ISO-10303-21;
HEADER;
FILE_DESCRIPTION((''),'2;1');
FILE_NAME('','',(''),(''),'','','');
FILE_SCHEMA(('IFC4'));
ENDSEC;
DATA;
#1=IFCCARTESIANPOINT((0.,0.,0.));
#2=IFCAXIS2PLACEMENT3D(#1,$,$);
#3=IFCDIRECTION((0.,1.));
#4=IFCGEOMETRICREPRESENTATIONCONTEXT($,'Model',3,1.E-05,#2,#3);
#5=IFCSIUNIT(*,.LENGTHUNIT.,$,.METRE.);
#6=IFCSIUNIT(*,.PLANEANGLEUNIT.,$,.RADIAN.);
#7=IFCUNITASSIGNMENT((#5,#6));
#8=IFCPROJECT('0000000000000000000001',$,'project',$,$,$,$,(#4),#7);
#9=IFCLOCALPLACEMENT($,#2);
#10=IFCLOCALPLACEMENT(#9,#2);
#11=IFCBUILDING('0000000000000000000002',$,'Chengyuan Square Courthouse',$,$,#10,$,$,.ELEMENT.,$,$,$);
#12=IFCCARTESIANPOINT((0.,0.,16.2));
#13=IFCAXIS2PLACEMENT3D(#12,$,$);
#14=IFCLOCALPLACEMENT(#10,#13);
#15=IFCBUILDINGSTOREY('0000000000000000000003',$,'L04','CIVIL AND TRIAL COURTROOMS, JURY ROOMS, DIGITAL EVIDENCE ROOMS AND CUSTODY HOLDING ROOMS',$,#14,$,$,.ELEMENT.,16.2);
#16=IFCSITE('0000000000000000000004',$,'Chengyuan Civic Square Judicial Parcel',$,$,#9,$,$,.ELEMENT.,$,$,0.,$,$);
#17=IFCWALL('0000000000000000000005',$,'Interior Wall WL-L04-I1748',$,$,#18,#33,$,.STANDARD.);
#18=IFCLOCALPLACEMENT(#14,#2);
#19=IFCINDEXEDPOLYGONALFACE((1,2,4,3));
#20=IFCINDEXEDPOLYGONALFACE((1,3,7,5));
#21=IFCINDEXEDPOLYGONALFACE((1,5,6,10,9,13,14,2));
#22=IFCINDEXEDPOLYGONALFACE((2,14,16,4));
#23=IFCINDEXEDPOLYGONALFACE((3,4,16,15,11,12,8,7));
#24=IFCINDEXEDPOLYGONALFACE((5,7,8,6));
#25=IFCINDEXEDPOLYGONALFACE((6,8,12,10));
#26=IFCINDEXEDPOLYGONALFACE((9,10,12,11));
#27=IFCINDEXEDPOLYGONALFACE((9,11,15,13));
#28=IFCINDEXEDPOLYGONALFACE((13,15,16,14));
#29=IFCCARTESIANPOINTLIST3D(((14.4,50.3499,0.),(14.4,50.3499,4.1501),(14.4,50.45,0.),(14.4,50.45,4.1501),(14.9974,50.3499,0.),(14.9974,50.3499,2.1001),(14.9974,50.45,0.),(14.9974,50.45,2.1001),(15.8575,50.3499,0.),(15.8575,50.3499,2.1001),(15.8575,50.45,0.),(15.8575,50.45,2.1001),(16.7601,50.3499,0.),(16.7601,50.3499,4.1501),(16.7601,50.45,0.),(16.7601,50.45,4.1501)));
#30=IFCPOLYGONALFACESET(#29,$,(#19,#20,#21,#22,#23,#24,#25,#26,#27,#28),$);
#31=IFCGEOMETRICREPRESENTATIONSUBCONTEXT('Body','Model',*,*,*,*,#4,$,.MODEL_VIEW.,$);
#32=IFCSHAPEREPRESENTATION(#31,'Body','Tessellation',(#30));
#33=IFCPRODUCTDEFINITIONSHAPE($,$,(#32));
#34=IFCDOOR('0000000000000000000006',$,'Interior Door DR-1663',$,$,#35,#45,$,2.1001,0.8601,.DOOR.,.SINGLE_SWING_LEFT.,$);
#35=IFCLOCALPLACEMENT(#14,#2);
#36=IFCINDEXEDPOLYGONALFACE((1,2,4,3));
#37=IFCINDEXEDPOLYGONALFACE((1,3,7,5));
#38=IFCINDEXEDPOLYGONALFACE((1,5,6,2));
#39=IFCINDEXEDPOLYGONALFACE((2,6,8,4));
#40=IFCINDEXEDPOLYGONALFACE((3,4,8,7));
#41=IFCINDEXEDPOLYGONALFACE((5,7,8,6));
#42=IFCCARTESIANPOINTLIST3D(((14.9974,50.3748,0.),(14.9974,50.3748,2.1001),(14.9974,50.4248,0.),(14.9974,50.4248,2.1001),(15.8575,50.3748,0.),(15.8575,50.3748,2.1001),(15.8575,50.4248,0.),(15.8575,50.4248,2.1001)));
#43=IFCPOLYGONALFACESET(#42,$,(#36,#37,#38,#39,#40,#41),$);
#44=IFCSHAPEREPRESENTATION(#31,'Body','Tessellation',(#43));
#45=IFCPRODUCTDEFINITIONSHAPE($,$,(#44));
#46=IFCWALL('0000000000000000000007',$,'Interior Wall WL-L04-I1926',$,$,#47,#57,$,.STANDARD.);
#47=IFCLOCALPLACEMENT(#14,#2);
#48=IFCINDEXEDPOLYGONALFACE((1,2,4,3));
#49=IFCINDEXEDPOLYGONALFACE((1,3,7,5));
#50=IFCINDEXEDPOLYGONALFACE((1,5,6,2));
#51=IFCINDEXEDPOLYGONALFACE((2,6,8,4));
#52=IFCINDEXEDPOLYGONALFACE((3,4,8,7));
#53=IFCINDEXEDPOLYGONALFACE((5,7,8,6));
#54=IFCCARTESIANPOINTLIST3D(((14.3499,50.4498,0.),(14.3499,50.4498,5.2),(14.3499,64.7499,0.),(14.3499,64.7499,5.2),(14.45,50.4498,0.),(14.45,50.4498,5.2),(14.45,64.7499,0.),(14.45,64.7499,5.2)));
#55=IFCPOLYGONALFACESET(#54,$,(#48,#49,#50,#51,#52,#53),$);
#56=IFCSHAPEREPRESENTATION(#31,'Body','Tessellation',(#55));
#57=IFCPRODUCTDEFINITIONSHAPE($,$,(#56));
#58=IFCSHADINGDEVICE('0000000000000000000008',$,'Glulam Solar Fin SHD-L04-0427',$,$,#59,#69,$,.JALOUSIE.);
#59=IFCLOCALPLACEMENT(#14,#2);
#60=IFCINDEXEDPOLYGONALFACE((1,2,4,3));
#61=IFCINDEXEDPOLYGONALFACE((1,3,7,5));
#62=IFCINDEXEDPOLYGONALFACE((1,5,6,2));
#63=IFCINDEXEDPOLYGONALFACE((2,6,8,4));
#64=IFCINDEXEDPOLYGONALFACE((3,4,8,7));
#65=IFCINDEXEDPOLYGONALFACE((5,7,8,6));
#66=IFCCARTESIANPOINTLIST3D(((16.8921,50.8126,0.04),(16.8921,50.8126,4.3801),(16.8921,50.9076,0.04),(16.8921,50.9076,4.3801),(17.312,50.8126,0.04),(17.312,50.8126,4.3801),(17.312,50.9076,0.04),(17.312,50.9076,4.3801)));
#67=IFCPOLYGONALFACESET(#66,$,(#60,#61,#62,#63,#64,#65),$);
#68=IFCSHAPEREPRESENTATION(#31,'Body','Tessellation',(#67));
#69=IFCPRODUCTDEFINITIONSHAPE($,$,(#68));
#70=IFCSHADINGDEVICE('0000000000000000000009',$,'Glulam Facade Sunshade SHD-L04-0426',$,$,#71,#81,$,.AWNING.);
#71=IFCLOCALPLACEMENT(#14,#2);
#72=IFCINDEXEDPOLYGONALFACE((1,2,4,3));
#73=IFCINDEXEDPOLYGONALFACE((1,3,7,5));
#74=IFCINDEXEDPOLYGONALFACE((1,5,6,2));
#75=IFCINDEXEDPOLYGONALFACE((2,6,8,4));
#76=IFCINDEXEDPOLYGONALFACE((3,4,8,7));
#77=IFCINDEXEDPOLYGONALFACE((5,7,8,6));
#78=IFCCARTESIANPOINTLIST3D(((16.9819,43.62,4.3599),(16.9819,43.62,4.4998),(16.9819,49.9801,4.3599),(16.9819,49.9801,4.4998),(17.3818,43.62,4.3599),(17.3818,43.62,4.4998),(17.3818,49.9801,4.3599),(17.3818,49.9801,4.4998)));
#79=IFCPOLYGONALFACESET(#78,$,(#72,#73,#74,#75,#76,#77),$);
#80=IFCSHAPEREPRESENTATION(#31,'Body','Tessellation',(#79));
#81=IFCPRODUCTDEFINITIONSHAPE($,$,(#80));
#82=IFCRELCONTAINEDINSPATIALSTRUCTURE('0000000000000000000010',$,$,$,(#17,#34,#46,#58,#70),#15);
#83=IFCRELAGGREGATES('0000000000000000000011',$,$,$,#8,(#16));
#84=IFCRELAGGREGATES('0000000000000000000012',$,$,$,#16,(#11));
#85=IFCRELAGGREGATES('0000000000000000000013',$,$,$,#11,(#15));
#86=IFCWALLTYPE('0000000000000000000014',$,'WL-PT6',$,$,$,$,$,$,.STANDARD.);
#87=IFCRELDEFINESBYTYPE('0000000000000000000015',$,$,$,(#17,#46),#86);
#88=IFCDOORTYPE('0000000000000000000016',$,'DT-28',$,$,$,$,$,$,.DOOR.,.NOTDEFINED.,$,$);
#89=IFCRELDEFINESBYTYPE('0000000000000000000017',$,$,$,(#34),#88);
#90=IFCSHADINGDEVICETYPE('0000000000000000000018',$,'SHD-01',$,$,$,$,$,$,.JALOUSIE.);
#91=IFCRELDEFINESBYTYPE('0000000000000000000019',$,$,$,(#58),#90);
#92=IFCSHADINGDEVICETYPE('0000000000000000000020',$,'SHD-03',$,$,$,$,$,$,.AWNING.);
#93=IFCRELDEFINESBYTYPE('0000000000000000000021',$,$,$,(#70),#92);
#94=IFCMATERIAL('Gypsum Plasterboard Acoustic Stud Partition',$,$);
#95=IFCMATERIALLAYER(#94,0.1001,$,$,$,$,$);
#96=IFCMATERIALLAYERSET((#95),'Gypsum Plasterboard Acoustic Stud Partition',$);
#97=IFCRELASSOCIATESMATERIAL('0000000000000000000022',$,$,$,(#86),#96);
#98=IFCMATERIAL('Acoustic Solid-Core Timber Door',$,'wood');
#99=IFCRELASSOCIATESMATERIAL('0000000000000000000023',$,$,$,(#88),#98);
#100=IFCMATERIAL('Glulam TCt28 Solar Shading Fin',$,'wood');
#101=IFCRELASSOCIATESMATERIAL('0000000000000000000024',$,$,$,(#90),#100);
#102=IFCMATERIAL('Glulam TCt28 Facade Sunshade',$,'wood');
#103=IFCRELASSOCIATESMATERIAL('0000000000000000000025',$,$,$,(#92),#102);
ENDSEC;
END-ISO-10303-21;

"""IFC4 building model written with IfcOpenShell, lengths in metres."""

from ifc_helpers import new_model, si_unit, direction, frame, frame_2d, origin, origin_2d, place, context, subcontext, project, spatial, rectangle, extrude, material, layer, layer_set, type_object, element, fill, save


model = new_model("IFC4")

# Units and contexts
model_context = context("Model", 3, precision=1e-05, world=origin(), true_north=direction((0.0, 1.0)))
body_context = subcontext(model_context, "Body", "Model", "MODEL_VIEW")
ifc_project = project(units=[si_unit("LENGTHUNIT", "METRE"), si_unit("PLANEANGLEUNIT", "RADIAN")], contexts=[model_context])

# Site, building, storey
site_placement = place(None, origin())
site = spatial("IfcSite", under=ifc_project, at=site_placement, Name="Chengyuan Civic Square Judicial Parcel", CompositionType="ELEMENT", RefElevation=0.0)
building_placement = place(site_placement, origin())
building = spatial("IfcBuilding", under=site, at=building_placement, Name="Chengyuan Square Courthouse", CompositionType="ELEMENT")
storey_placement = place(building_placement, frame((0.0, 0.0, 16.2)))
storey = spatial("IfcBuildingStorey", under=building, at=storey_placement, Name="L04", Description="CIVIL AND TRIAL COURTROOMS, JURY ROOMS, DIGITAL EVIDENCE ROOMS AND CUSTODY HOLDING ROOMS", CompositionType="ELEMENT", Elevation=16.2)

# Wall, opening, door
ifc_material_1 = material(Name="Gypsum Plasterboard Acoustic Stud Partition")
ifc_layer_1 = layer(ifc_material_1, 0.1001)
ifc_layer_set_1 = layer_set([ifc_layer_1], Name="Gypsum Plasterboard Acoustic Stud Partition")
wall_type_1 = type_object("IfcWallType", Name="WL-PT6", PredefinedType="STANDARD", material=ifc_layer_set_1)
wall_1_placement = place(storey_placement, frame((14.3999, 50.3999, 0.0), z_axis=(0.0, 0.0, 1.0), x_axis=(1.0, 0.0, 0.0)))
wall_1 = element("IfcWall", 1, at=wall_1_placement, inside=storey, type_object=wall_type_1, Name="Interior Wall WL-L04-I1748", PredefinedType="STANDARD", context=body_context, shape_type="SweptSolid", body=[
    extrude(rectangle(XDim=2.3601, YDim=0.1001, at=frame_2d((1.1802, 0.0))), origin(), (0.0, 0.0, 1.0), 4.1501),
])
opening_1_placement = place(wall_1_placement, frame((0.5974, 0.0, 0.0)))
opening_1 = element("IfcOpeningElement", 2, at=opening_1_placement, cuts=wall_1, PredefinedType="OPENING", context=body_context, shape_type="SweptSolid", body=[
    extrude(rectangle(XDim=0.8601, YDim=2.1001, at=frame_2d((0.4302, 1.05))), frame((0.0, 0.062, 0.0), z_axis=(0.0, -1.0, 0.0), x_axis=(1.0, 0.0, 0.0)), (0.0, 0.0, 1.0), 0.124),
])
ifc_material_2 = material(Name="Acoustic Solid-Core Timber Door", Category="wood")
door_type = type_object("IfcDoorType", Name="DT-28", OperationType="NOTDEFINED", PredefinedType="DOOR", material=ifc_material_2)
door_placement = place(opening_1_placement, origin())
door = element("IfcDoor", 3, at=door_placement, inside=storey, type_object=door_type, Name="Interior Door DR-1663", OperationType="SINGLE_SWING_LEFT", OverallHeight=2.1001, OverallWidth=0.8601, PredefinedType="DOOR", context=body_context, shape_type="SweptSolid", body=[
    extrude(rectangle(XDim=0.8601, YDim=2.1001, at=frame_2d((0.4302, 1.05))), frame((0.0, 0.0249, 0.0), z_axis=(0.0, -1.0, 0.0), x_axis=(1.0, 0.0, 0.0)), (0.0, 0.0, 1.0), 0.05),
])
fill(opening_1, door)

# Wall
wall_2_placement = place(storey_placement, frame((14.3999, 50.45, 0.0), z_axis=(0.0, 0.0, 1.0), x_axis=(0.0, 1.0, 0.0)))
element("IfcWall", 4, at=wall_2_placement, inside=storey, type_object=wall_type_1, Name="Interior Wall WL-L04-I1926", PredefinedType="STANDARD", context=body_context, shape_type="SweptSolid", body=[
    extrude(rectangle(XDim=14.3, YDim=0.1001, at=frame_2d((7.1499, 0.0))), origin(), (0.0, 0.0, 1.0), 5.2),
])

# Shading devices
ifc_material_3 = material(Name="Glulam TCt28 Solar Shading Fin", Category="wood")
shading_device_type_1 = type_object("IfcShadingDeviceType", Name="SHD-01", PredefinedType="JALOUSIE", material=ifc_material_3)
shading_device_1_placement = place(storey_placement, frame((17.1021, 50.8601, 0.04), z_axis=(0.0, 0.0, 1.0), x_axis=(1.0, 0.0, 0.0)))
element("IfcShadingDevice", 5, at=shading_device_1_placement, inside=storey, type_object=shading_device_type_1, Name="Glulam Solar Fin SHD-L04-0427", PredefinedType="JALOUSIE", context=body_context, shape_type="SweptSolid", body=[
    extrude(rectangle(XDim=0.4199, YDim=0.095, at=origin_2d()), origin(), (0.0, 0.0, 1.0), 4.3401),
])
ifc_material_4 = material(Name="Glulam TCt28 Facade Sunshade", Category="wood")
shading_device_type_2 = type_object("IfcShadingDeviceType", Name="SHD-03", PredefinedType="AWNING", material=ifc_material_4)
shading_device_2_placement = place(storey_placement, frame((17.1819, 46.8, 4.3599), z_axis=(0.0, 0.0, 1.0), x_axis=(0.0, 1.0, 0.0)))
element("IfcShadingDevice", 6, at=shading_device_2_placement, inside=storey, type_object=shading_device_type_2, Name="Glulam Facade Sunshade SHD-L04-0426", PredefinedType="AWNING", context=body_context, shape_type="SweptSolid", body=[
    extrude(rectangle(XDim=6.3601, YDim=0.3999, at=origin_2d()), origin(), (0.0, 0.0, 1.0), 0.1399),
])

save(model, "model.ifc")
